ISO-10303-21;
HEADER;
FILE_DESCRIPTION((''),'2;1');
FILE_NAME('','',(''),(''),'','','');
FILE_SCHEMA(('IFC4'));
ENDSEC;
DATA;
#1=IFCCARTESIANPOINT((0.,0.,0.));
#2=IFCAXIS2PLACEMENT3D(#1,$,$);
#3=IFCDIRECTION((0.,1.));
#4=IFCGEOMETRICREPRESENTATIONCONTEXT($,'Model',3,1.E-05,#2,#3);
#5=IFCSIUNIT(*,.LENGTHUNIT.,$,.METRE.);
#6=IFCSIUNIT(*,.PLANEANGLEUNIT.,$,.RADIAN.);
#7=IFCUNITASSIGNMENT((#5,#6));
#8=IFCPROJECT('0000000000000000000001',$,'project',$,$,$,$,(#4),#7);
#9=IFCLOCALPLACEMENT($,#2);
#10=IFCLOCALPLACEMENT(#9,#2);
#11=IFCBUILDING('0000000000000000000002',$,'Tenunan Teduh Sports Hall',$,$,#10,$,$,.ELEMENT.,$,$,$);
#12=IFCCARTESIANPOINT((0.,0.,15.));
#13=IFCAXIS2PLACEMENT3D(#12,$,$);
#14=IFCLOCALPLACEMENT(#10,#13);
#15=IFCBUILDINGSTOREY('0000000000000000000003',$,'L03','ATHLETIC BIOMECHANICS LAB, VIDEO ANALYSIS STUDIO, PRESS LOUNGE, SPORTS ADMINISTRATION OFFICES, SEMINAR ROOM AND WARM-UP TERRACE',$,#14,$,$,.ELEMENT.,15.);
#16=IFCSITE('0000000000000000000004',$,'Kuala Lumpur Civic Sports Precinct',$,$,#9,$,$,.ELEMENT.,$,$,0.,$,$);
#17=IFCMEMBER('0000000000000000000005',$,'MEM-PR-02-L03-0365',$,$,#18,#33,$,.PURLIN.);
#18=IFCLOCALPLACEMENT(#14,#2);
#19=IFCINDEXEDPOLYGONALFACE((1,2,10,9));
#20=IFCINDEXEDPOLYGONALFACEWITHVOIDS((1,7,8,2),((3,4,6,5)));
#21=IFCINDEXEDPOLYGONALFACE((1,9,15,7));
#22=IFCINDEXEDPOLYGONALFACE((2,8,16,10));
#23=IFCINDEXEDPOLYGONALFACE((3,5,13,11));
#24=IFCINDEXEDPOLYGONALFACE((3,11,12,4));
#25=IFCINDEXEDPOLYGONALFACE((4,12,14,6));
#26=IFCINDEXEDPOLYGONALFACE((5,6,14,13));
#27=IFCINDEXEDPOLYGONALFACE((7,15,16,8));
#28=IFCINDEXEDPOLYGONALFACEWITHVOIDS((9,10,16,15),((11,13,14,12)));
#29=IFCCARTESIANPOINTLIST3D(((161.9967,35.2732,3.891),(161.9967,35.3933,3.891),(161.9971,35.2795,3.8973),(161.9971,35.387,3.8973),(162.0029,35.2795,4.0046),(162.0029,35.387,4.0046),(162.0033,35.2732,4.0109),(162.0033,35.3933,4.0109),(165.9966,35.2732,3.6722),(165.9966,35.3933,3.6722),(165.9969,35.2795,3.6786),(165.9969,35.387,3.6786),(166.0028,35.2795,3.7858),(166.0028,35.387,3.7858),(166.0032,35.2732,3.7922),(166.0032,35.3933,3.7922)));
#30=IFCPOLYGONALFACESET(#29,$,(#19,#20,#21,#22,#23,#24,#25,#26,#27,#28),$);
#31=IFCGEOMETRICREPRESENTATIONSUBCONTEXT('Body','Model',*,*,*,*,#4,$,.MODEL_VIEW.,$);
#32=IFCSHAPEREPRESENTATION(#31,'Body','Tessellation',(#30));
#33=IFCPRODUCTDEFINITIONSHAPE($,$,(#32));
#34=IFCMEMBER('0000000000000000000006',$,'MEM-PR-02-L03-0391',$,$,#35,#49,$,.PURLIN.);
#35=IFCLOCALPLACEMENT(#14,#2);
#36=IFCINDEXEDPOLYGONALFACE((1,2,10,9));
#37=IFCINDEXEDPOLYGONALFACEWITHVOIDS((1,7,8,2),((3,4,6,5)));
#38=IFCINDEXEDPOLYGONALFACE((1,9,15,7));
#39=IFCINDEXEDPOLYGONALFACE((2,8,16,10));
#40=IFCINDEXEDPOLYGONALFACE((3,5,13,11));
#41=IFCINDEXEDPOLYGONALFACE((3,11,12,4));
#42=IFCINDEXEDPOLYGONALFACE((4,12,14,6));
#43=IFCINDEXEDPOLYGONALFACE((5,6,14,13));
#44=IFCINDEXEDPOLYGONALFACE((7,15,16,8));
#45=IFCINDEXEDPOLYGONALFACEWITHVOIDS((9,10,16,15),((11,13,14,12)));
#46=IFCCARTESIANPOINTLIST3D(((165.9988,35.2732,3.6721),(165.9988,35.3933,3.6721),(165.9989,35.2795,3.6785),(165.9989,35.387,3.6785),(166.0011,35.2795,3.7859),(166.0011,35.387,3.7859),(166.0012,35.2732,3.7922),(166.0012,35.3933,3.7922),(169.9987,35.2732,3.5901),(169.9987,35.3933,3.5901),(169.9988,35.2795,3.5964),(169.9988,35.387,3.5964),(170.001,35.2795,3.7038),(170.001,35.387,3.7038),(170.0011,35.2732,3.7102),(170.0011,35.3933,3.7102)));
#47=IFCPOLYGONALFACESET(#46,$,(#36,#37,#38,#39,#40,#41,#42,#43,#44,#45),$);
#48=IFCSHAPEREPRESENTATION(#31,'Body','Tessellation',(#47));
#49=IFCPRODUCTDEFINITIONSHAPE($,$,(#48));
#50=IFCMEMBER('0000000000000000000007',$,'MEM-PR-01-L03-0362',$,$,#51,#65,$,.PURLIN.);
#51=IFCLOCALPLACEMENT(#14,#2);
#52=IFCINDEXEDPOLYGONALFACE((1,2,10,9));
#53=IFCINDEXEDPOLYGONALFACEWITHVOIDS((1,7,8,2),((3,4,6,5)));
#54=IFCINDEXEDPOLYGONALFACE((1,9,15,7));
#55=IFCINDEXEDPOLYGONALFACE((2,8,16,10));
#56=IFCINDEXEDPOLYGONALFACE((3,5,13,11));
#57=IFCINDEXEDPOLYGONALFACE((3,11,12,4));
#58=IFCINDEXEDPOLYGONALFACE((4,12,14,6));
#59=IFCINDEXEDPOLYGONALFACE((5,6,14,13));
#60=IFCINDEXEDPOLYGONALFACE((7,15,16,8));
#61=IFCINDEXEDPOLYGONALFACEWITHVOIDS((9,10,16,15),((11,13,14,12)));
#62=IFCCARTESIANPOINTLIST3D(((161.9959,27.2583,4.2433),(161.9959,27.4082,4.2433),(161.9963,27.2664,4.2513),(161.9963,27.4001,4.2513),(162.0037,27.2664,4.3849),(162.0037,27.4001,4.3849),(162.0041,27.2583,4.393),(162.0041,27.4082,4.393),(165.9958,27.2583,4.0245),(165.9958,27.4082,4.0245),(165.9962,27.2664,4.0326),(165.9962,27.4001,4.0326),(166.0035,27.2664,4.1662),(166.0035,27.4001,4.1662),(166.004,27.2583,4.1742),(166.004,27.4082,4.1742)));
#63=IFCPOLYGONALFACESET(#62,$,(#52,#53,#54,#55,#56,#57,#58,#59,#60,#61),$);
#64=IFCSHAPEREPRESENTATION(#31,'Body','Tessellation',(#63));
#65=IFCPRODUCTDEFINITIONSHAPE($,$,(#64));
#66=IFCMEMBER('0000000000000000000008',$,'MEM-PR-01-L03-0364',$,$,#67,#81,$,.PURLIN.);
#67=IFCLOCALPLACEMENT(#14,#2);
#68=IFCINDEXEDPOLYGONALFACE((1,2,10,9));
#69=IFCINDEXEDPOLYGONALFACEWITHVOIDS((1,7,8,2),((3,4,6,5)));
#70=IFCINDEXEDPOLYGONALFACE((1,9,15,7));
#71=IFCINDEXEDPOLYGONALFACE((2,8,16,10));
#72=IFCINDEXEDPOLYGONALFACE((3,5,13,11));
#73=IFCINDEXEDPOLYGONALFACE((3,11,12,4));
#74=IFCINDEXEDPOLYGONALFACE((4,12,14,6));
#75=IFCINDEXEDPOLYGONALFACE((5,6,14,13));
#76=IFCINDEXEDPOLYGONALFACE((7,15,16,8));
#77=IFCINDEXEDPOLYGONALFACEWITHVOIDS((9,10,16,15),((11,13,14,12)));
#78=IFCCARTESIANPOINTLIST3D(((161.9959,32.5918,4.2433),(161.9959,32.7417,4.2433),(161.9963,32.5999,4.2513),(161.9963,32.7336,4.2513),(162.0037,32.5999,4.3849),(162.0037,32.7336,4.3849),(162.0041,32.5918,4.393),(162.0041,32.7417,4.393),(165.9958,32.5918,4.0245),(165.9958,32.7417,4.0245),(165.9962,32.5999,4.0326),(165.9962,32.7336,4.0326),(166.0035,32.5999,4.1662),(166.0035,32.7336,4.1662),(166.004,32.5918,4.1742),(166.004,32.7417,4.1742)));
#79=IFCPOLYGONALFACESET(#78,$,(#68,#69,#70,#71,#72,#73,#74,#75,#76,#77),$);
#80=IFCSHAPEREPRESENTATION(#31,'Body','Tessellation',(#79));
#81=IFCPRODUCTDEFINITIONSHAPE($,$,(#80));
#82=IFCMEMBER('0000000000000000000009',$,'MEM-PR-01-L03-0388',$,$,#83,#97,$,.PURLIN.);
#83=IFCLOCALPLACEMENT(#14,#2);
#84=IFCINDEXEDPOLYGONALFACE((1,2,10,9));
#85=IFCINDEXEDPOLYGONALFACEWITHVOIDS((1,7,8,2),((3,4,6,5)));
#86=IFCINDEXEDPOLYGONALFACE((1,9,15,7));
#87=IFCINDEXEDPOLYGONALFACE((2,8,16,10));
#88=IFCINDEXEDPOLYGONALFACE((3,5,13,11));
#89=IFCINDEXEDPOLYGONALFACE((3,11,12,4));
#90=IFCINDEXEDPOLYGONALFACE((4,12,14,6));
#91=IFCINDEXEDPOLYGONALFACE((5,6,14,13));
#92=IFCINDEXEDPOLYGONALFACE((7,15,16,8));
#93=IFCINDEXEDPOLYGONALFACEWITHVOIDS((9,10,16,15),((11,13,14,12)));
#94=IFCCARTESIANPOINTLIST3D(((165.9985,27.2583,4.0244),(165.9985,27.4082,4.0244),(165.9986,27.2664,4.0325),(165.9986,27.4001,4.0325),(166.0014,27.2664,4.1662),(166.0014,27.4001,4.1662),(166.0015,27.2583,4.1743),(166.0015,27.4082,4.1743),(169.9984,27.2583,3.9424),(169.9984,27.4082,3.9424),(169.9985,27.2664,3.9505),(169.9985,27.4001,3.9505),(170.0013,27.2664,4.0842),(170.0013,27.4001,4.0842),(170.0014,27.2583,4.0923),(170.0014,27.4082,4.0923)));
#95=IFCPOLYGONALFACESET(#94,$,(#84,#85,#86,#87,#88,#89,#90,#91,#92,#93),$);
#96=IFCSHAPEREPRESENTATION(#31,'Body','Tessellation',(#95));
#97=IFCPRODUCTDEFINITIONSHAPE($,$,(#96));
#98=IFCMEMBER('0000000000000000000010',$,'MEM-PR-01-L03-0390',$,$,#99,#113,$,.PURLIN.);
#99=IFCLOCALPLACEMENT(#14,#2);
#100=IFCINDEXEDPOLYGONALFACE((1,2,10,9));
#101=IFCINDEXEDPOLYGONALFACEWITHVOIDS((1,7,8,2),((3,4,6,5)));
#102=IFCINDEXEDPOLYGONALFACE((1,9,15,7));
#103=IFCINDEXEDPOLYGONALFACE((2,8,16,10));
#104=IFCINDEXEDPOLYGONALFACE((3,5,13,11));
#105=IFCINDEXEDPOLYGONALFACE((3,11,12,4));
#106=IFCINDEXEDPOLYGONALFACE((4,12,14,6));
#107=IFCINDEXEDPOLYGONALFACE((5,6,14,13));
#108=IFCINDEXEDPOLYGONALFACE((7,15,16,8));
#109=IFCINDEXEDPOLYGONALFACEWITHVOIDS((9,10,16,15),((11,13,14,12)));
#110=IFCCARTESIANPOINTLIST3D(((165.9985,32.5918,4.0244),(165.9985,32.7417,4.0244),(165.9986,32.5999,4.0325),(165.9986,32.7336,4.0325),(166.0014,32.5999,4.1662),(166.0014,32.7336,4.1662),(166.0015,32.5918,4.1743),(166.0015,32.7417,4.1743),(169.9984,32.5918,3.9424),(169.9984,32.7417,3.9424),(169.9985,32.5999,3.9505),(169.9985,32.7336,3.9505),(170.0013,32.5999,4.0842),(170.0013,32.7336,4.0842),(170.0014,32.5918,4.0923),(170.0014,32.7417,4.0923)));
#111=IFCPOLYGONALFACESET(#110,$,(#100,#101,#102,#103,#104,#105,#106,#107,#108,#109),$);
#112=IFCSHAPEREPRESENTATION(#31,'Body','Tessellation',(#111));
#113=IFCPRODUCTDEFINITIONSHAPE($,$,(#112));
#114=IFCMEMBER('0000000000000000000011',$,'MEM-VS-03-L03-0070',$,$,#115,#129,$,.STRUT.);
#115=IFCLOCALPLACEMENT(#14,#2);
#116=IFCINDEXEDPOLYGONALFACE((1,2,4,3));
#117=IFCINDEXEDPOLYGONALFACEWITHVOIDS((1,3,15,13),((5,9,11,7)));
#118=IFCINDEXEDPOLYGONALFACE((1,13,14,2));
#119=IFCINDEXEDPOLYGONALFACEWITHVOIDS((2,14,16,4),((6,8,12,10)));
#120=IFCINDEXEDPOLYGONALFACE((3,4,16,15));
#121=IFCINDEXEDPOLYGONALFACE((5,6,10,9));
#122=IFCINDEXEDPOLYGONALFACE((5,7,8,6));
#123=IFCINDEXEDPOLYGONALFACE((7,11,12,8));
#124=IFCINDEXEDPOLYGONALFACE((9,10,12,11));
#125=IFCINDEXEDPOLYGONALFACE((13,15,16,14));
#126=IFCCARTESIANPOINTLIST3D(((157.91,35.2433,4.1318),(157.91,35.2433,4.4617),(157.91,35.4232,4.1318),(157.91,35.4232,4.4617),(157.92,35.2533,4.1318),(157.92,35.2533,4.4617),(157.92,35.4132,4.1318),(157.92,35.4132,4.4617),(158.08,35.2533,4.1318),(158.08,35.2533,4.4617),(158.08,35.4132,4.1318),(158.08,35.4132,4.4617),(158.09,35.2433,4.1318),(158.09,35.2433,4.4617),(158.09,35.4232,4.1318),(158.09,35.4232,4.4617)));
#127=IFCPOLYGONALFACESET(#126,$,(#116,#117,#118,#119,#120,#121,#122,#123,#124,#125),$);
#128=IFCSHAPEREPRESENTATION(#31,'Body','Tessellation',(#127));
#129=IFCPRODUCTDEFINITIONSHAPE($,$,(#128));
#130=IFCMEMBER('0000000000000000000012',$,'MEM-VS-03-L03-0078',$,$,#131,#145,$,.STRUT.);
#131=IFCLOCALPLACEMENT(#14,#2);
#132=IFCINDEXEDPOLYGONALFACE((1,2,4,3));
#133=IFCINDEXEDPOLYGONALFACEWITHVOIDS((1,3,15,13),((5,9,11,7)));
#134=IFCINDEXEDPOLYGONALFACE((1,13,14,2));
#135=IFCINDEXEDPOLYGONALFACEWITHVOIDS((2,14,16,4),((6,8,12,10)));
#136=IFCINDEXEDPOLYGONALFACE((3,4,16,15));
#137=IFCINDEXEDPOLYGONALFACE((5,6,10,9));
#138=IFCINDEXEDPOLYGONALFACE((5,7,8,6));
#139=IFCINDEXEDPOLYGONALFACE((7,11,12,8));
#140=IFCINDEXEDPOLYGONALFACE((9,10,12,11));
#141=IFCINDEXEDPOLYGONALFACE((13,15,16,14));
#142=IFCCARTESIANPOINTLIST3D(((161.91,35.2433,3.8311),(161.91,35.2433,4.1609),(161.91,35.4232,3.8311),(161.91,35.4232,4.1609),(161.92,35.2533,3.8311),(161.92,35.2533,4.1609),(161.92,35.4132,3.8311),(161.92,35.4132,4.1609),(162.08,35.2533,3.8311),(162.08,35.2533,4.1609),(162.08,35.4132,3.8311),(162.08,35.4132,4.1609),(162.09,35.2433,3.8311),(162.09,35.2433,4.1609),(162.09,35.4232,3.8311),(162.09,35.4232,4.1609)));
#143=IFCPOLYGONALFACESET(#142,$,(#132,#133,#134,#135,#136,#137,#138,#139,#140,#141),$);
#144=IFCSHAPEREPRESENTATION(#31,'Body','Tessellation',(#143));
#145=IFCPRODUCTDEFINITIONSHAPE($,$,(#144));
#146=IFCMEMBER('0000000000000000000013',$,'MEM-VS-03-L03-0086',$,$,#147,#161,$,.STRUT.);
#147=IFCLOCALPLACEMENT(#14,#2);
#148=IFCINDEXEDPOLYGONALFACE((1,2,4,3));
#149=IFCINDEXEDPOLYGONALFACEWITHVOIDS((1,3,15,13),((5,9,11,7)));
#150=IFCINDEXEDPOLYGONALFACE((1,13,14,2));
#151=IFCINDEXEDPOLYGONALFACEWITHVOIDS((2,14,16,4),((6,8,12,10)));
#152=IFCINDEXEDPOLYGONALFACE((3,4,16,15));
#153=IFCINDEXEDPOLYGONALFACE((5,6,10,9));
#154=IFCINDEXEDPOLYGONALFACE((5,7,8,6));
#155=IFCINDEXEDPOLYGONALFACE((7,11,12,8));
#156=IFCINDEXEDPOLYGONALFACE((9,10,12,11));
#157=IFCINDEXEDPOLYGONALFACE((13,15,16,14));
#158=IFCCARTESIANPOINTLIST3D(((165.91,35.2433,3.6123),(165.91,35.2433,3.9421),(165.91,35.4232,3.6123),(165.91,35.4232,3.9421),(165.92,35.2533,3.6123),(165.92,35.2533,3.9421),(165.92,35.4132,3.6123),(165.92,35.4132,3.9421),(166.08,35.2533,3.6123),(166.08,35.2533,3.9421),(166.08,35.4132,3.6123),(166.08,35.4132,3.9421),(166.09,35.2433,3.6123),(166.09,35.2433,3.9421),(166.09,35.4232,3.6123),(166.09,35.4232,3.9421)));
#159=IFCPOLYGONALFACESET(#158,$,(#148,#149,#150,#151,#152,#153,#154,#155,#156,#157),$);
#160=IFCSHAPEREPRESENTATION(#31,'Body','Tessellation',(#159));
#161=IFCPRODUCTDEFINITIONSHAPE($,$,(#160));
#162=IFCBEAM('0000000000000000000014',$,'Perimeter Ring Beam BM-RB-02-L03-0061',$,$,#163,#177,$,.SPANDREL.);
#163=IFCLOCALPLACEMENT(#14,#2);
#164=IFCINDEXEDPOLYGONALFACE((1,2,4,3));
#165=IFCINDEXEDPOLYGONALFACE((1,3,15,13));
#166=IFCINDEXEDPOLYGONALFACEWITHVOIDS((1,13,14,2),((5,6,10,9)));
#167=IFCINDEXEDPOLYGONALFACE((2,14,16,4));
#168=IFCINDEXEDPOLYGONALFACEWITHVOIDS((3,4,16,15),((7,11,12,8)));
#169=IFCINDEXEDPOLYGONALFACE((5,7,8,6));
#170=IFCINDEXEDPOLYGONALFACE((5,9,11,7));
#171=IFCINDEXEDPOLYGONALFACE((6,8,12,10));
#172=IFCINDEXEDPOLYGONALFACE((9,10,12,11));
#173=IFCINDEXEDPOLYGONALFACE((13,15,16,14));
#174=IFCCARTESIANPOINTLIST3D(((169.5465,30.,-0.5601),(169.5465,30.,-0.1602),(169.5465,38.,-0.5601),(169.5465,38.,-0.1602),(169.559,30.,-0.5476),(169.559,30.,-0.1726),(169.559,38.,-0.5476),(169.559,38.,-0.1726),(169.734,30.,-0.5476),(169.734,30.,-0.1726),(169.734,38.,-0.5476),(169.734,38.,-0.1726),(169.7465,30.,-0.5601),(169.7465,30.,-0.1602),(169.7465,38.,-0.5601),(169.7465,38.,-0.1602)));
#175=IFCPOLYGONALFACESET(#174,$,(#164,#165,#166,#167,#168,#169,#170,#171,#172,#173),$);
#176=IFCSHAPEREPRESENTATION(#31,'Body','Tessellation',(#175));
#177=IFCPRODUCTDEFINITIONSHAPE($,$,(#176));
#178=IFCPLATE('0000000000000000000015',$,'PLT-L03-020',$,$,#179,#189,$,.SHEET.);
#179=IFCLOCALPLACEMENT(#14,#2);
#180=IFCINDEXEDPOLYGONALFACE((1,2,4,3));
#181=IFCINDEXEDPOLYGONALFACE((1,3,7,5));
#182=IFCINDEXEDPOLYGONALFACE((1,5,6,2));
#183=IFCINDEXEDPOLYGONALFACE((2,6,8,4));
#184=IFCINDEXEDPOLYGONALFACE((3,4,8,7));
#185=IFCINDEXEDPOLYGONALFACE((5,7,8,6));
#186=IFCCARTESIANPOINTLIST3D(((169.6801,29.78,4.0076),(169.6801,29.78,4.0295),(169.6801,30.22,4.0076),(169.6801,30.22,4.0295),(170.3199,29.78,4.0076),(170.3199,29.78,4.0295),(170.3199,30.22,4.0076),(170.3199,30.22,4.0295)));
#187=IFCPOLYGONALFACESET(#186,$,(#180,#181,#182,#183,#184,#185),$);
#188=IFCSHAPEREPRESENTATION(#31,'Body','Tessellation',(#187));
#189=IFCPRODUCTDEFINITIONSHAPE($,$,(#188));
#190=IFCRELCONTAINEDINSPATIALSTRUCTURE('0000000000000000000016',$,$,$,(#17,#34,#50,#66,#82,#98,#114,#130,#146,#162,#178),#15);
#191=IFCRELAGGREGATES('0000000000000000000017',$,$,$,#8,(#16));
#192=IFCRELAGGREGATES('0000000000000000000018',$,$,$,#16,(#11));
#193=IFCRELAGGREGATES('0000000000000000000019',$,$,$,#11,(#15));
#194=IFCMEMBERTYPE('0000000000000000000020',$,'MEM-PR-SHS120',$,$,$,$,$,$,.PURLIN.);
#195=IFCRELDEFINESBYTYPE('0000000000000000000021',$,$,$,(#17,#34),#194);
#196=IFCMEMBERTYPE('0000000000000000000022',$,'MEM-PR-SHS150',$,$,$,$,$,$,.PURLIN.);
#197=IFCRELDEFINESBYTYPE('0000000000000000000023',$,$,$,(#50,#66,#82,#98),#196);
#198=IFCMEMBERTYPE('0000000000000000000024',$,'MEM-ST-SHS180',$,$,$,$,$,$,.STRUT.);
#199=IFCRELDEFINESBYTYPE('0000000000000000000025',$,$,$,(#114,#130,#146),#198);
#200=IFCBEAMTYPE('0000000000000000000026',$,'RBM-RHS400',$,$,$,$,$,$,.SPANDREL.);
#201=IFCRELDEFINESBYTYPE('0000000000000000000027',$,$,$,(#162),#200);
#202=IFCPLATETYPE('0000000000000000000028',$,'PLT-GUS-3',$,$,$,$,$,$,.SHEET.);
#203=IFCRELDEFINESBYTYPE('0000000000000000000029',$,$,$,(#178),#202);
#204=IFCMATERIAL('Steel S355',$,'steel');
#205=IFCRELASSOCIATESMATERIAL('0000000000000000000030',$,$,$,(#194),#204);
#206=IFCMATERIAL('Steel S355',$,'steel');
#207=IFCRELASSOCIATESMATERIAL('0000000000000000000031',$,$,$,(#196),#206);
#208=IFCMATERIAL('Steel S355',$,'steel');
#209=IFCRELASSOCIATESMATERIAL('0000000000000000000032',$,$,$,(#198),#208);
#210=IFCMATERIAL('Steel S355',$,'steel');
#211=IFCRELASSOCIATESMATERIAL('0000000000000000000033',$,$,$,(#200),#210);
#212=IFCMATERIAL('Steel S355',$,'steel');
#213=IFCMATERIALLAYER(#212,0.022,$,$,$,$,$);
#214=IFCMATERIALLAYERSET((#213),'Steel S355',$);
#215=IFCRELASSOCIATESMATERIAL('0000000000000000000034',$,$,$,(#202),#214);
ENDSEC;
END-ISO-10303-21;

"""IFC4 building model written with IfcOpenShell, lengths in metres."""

from ifc_helpers import new_model, si_unit, direction, frame, origin, origin_2d, place, context, subcontext, project, spatial, rectangle, hollow_rectangle, extrude, material, layer, layer_set, material_profile, profile_set, type_object, element, save


model = new_model("IFC4")

# Units and contexts
model_context = context("Model", 3, precision=1e-05, world=origin(), true_north=direction((0.0, 1.0)))
body_context = subcontext(model_context, "Body", "Model", "MODEL_VIEW")
ifc_project = project(units=[si_unit("LENGTHUNIT", "METRE"), si_unit("PLANEANGLEUNIT", "RADIAN")], contexts=[model_context])

# Site, building, storey
site_placement = place(None, origin())
site = spatial("IfcSite", under=ifc_project, at=site_placement, Name="Kuala Lumpur Civic Sports Precinct", CompositionType="ELEMENT", RefElevation=0.0)
building_placement = place(site_placement, origin())
building = spatial("IfcBuilding", under=site, at=building_placement, Name="Tenunan Teduh Sports Hall", CompositionType="ELEMENT")
storey_placement = place(building_placement, frame((0.0, 0.0, 15.0)))
storey = spatial("IfcBuildingStorey", under=building, at=storey_placement, Name="L03", Description="ATHLETIC BIOMECHANICS LAB, VIDEO ANALYSIS STUDIO, PRESS LOUNGE, SPORTS ADMINISTRATION OFFICES, SEMINAR ROOM AND WARM-UP TERRACE", CompositionType="ELEMENT", Elevation=15.0)

# Members
ifc_material_1 = material(Name="Steel S355", Category="steel")
ifc_material_profile_1 = material_profile(ifc_material_1, hollow_rectangle(XDim=0.1201, YDim=0.1201, WallThickness=0.0063, at=origin_2d()), Name="SHS 120x120x6.3")
ifc_profile_set_1 = profile_set([ifc_material_profile_1], Name="Steel S355")
member_type_1 = type_object("IfcMemberType", Name="MEM-PR-SHS120", PredefinedType="PURLIN", material=ifc_profile_set_1)
member_1_placement = place(storey_placement, frame((162.0, 35.3333, 3.9509), z_axis=(0.998508, 0.0, -0.054606), x_axis=(0.0, 1.0, 0.0)))
element("IfcMember", 1, at=member_1_placement, inside=storey, type_object=member_type_1, Name="MEM-PR-02-L03-0365", PredefinedType="PURLIN", context=body_context, shape_type="SweptSolid", body=[
    extrude(hollow_rectangle(XDim=0.1201, YDim=0.1201, WallThickness=0.0063, at=origin_2d()), origin(), (0.0, 0.0, 1.0), 4.0059),
])
member_2_placement = place(storey_placement, frame((166.0, 35.3333, 3.7322), z_axis=(0.99979, 0.0, -0.020504), x_axis=(0.0, 1.0, 0.0)))
element("IfcMember", 2, at=member_2_placement, inside=storey, type_object=member_type_1, Name="MEM-PR-02-L03-0391", PredefinedType="PURLIN", context=body_context, shape_type="SweptSolid", body=[
    extrude(hollow_rectangle(XDim=0.1201, YDim=0.1201, WallThickness=0.0063, at=origin_2d()), origin(), (0.0, 0.0, 1.0), 4.0007),
])
ifc_material_2 = material(Name="Steel S355", Category="steel")
ifc_material_profile_2 = material_profile(ifc_material_2, hollow_rectangle(XDim=0.1499, YDim=0.1499, WallThickness=0.0081, at=origin_2d()), Name="SHS 150x150x8.0")
ifc_profile_set_2 = profile_set([ifc_material_profile_2], Name="Steel S355")
member_type_2 = type_object("IfcMemberType", Name="MEM-PR-SHS150", PredefinedType="PURLIN", material=ifc_profile_set_2)
for number, where, z_axis, x_axis, name in (
    (3, (162.0, 27.3333, 4.3181), (0.998508, 0.0, -0.054606), (0.0, 1.0, 0.0), "MEM-PR-01-L03-0362"),
    (4, (162.0, 32.6667, 4.3181), (0.998508, 0.0, -0.054606), (0.0, 1.0, 0.0), "MEM-PR-01-L03-0364"),
):
    element("IfcMember", number, at=place(storey_placement, frame(where, z_axis=z_axis, x_axis=x_axis)), inside=storey, type_object=member_type_2, Name=name, PredefinedType="PURLIN", context=body_context, shape_type="SweptSolid", body=[
        extrude(hollow_rectangle(XDim=0.1499, YDim=0.1499, WallThickness=0.0081, at=origin_2d()), origin(), (0.0, 0.0, 1.0), 4.0059),
    ])
for number, where, z_axis, x_axis, name in (
    (5, (166.0, 27.3333, 4.0994), (0.99979, 0.0, -0.020504), (0.0, 1.0, 0.0), "MEM-PR-01-L03-0388"),
    (6, (166.0, 32.6667, 4.0994), (0.99979, 0.0, -0.020504), (0.0, 1.0, 0.0), "MEM-PR-01-L03-0390"),
):
    element("IfcMember", number, at=place(storey_placement, frame(where, z_axis=z_axis, x_axis=x_axis)), inside=storey, type_object=member_type_2, Name=name, PredefinedType="PURLIN", context=body_context, shape_type="SweptSolid", body=[
        extrude(hollow_rectangle(XDim=0.1499, YDim=0.1499, WallThickness=0.0081, at=origin_2d()), origin(), (0.0, 0.0, 1.0), 4.0007),
    ])
ifc_material_3 = material(Name="Steel S355", Category="steel")
ifc_material_profile_3 = material_profile(ifc_material_3, hollow_rectangle(XDim=0.1799, YDim=0.1799, WallThickness=0.01, at=origin_2d()), Name="SHS 180x180x10.0")
ifc_profile_set_3 = profile_set([ifc_material_profile_3], Name="Steel S355")
member_type_3 = type_object("IfcMemberType", Name="MEM-ST-SHS180", PredefinedType="STRUT", material=ifc_profile_set_3)
for number, where, z_axis, x_axis, name in (
    (7, (158.0, 35.3333, 4.1318), (0.0, 0.0, 1.0), (1.0, 0.0, 0.0), "MEM-VS-03-L03-0070"),
    (8, (162.0, 35.3333, 3.8311), (0.0, 0.0, 1.0), (1.0, 0.0, 0.0), "MEM-VS-03-L03-0078"),
    (9, (166.0, 35.3333, 3.6123), (0.0, 0.0, 1.0), (1.0, 0.0, 0.0), "MEM-VS-03-L03-0086"),
):
    element("IfcMember", number, at=place(storey_placement, frame(where, z_axis=z_axis, x_axis=x_axis)), inside=storey, type_object=member_type_3, Name=name, PredefinedType="STRUT", context=body_context, shape_type="SweptSolid", body=[
        extrude(hollow_rectangle(XDim=0.1799, YDim=0.1799, WallThickness=0.01, at=origin_2d()), origin(), (0.0, 0.0, 1.0), 0.3298),
    ])

# Beam
ifc_material_4 = material(Name="Steel S355", Category="steel")
ifc_material_profile_4 = material_profile(ifc_material_4, hollow_rectangle(XDim=0.2, YDim=0.3999, WallThickness=0.0125, at=origin_2d()), Name="RHS 400x200x12.5")
ifc_profile_set_4 = profile_set([ifc_material_profile_4], Name="Steel S355")
beam_type_1 = type_object("IfcBeamType", Name="RBM-RHS400", PredefinedType="SPANDREL", material=ifc_profile_set_4)
beam_1_placement = place(storey_placement, frame((169.6465, 30.0, -0.3601), z_axis=(0.0, 1.0, 0.0), x_axis=(-1.0, 0.0, 0.0)))
element("IfcBeam", 10, at=beam_1_placement, inside=storey, type_object=beam_type_1, Name="Perimeter Ring Beam BM-RB-02-L03-0061", PredefinedType="SPANDREL", context=body_context, shape_type="SweptSolid", body=[
    extrude(hollow_rectangle(XDim=0.2, YDim=0.3999, WallThickness=0.0125, at=origin_2d()), origin(), (0.0, 0.0, 1.0), 8.0),
])

# Plate
ifc_material_5 = material(Name="Steel S355", Category="steel")
ifc_layer_1 = layer(ifc_material_5, 0.022)
ifc_layer_set_1 = layer_set([ifc_layer_1], Name="Steel S355")
plate_type_1 = type_object("IfcPlateType", Name="PLT-GUS-3", PredefinedType="SHEET", material=ifc_layer_set_1)
plate_1_placement = place(storey_placement, frame((170.0, 30.0, 4.0076), z_axis=(0.0, 0.0, 1.0), x_axis=(1.0, 0.0, 0.0)))
element("IfcPlate", 11, at=plate_1_placement, inside=storey, type_object=plate_type_1, Name="PLT-L03-020", PredefinedType="SHEET", context=body_context, shape_type="SweptSolid", body=[
    extrude(rectangle(XDim=0.6399, YDim=0.4399, at=origin_2d()), origin(), (0.0, 0.0, 1.0), 0.022),
])

save(model, "model.ifc")
